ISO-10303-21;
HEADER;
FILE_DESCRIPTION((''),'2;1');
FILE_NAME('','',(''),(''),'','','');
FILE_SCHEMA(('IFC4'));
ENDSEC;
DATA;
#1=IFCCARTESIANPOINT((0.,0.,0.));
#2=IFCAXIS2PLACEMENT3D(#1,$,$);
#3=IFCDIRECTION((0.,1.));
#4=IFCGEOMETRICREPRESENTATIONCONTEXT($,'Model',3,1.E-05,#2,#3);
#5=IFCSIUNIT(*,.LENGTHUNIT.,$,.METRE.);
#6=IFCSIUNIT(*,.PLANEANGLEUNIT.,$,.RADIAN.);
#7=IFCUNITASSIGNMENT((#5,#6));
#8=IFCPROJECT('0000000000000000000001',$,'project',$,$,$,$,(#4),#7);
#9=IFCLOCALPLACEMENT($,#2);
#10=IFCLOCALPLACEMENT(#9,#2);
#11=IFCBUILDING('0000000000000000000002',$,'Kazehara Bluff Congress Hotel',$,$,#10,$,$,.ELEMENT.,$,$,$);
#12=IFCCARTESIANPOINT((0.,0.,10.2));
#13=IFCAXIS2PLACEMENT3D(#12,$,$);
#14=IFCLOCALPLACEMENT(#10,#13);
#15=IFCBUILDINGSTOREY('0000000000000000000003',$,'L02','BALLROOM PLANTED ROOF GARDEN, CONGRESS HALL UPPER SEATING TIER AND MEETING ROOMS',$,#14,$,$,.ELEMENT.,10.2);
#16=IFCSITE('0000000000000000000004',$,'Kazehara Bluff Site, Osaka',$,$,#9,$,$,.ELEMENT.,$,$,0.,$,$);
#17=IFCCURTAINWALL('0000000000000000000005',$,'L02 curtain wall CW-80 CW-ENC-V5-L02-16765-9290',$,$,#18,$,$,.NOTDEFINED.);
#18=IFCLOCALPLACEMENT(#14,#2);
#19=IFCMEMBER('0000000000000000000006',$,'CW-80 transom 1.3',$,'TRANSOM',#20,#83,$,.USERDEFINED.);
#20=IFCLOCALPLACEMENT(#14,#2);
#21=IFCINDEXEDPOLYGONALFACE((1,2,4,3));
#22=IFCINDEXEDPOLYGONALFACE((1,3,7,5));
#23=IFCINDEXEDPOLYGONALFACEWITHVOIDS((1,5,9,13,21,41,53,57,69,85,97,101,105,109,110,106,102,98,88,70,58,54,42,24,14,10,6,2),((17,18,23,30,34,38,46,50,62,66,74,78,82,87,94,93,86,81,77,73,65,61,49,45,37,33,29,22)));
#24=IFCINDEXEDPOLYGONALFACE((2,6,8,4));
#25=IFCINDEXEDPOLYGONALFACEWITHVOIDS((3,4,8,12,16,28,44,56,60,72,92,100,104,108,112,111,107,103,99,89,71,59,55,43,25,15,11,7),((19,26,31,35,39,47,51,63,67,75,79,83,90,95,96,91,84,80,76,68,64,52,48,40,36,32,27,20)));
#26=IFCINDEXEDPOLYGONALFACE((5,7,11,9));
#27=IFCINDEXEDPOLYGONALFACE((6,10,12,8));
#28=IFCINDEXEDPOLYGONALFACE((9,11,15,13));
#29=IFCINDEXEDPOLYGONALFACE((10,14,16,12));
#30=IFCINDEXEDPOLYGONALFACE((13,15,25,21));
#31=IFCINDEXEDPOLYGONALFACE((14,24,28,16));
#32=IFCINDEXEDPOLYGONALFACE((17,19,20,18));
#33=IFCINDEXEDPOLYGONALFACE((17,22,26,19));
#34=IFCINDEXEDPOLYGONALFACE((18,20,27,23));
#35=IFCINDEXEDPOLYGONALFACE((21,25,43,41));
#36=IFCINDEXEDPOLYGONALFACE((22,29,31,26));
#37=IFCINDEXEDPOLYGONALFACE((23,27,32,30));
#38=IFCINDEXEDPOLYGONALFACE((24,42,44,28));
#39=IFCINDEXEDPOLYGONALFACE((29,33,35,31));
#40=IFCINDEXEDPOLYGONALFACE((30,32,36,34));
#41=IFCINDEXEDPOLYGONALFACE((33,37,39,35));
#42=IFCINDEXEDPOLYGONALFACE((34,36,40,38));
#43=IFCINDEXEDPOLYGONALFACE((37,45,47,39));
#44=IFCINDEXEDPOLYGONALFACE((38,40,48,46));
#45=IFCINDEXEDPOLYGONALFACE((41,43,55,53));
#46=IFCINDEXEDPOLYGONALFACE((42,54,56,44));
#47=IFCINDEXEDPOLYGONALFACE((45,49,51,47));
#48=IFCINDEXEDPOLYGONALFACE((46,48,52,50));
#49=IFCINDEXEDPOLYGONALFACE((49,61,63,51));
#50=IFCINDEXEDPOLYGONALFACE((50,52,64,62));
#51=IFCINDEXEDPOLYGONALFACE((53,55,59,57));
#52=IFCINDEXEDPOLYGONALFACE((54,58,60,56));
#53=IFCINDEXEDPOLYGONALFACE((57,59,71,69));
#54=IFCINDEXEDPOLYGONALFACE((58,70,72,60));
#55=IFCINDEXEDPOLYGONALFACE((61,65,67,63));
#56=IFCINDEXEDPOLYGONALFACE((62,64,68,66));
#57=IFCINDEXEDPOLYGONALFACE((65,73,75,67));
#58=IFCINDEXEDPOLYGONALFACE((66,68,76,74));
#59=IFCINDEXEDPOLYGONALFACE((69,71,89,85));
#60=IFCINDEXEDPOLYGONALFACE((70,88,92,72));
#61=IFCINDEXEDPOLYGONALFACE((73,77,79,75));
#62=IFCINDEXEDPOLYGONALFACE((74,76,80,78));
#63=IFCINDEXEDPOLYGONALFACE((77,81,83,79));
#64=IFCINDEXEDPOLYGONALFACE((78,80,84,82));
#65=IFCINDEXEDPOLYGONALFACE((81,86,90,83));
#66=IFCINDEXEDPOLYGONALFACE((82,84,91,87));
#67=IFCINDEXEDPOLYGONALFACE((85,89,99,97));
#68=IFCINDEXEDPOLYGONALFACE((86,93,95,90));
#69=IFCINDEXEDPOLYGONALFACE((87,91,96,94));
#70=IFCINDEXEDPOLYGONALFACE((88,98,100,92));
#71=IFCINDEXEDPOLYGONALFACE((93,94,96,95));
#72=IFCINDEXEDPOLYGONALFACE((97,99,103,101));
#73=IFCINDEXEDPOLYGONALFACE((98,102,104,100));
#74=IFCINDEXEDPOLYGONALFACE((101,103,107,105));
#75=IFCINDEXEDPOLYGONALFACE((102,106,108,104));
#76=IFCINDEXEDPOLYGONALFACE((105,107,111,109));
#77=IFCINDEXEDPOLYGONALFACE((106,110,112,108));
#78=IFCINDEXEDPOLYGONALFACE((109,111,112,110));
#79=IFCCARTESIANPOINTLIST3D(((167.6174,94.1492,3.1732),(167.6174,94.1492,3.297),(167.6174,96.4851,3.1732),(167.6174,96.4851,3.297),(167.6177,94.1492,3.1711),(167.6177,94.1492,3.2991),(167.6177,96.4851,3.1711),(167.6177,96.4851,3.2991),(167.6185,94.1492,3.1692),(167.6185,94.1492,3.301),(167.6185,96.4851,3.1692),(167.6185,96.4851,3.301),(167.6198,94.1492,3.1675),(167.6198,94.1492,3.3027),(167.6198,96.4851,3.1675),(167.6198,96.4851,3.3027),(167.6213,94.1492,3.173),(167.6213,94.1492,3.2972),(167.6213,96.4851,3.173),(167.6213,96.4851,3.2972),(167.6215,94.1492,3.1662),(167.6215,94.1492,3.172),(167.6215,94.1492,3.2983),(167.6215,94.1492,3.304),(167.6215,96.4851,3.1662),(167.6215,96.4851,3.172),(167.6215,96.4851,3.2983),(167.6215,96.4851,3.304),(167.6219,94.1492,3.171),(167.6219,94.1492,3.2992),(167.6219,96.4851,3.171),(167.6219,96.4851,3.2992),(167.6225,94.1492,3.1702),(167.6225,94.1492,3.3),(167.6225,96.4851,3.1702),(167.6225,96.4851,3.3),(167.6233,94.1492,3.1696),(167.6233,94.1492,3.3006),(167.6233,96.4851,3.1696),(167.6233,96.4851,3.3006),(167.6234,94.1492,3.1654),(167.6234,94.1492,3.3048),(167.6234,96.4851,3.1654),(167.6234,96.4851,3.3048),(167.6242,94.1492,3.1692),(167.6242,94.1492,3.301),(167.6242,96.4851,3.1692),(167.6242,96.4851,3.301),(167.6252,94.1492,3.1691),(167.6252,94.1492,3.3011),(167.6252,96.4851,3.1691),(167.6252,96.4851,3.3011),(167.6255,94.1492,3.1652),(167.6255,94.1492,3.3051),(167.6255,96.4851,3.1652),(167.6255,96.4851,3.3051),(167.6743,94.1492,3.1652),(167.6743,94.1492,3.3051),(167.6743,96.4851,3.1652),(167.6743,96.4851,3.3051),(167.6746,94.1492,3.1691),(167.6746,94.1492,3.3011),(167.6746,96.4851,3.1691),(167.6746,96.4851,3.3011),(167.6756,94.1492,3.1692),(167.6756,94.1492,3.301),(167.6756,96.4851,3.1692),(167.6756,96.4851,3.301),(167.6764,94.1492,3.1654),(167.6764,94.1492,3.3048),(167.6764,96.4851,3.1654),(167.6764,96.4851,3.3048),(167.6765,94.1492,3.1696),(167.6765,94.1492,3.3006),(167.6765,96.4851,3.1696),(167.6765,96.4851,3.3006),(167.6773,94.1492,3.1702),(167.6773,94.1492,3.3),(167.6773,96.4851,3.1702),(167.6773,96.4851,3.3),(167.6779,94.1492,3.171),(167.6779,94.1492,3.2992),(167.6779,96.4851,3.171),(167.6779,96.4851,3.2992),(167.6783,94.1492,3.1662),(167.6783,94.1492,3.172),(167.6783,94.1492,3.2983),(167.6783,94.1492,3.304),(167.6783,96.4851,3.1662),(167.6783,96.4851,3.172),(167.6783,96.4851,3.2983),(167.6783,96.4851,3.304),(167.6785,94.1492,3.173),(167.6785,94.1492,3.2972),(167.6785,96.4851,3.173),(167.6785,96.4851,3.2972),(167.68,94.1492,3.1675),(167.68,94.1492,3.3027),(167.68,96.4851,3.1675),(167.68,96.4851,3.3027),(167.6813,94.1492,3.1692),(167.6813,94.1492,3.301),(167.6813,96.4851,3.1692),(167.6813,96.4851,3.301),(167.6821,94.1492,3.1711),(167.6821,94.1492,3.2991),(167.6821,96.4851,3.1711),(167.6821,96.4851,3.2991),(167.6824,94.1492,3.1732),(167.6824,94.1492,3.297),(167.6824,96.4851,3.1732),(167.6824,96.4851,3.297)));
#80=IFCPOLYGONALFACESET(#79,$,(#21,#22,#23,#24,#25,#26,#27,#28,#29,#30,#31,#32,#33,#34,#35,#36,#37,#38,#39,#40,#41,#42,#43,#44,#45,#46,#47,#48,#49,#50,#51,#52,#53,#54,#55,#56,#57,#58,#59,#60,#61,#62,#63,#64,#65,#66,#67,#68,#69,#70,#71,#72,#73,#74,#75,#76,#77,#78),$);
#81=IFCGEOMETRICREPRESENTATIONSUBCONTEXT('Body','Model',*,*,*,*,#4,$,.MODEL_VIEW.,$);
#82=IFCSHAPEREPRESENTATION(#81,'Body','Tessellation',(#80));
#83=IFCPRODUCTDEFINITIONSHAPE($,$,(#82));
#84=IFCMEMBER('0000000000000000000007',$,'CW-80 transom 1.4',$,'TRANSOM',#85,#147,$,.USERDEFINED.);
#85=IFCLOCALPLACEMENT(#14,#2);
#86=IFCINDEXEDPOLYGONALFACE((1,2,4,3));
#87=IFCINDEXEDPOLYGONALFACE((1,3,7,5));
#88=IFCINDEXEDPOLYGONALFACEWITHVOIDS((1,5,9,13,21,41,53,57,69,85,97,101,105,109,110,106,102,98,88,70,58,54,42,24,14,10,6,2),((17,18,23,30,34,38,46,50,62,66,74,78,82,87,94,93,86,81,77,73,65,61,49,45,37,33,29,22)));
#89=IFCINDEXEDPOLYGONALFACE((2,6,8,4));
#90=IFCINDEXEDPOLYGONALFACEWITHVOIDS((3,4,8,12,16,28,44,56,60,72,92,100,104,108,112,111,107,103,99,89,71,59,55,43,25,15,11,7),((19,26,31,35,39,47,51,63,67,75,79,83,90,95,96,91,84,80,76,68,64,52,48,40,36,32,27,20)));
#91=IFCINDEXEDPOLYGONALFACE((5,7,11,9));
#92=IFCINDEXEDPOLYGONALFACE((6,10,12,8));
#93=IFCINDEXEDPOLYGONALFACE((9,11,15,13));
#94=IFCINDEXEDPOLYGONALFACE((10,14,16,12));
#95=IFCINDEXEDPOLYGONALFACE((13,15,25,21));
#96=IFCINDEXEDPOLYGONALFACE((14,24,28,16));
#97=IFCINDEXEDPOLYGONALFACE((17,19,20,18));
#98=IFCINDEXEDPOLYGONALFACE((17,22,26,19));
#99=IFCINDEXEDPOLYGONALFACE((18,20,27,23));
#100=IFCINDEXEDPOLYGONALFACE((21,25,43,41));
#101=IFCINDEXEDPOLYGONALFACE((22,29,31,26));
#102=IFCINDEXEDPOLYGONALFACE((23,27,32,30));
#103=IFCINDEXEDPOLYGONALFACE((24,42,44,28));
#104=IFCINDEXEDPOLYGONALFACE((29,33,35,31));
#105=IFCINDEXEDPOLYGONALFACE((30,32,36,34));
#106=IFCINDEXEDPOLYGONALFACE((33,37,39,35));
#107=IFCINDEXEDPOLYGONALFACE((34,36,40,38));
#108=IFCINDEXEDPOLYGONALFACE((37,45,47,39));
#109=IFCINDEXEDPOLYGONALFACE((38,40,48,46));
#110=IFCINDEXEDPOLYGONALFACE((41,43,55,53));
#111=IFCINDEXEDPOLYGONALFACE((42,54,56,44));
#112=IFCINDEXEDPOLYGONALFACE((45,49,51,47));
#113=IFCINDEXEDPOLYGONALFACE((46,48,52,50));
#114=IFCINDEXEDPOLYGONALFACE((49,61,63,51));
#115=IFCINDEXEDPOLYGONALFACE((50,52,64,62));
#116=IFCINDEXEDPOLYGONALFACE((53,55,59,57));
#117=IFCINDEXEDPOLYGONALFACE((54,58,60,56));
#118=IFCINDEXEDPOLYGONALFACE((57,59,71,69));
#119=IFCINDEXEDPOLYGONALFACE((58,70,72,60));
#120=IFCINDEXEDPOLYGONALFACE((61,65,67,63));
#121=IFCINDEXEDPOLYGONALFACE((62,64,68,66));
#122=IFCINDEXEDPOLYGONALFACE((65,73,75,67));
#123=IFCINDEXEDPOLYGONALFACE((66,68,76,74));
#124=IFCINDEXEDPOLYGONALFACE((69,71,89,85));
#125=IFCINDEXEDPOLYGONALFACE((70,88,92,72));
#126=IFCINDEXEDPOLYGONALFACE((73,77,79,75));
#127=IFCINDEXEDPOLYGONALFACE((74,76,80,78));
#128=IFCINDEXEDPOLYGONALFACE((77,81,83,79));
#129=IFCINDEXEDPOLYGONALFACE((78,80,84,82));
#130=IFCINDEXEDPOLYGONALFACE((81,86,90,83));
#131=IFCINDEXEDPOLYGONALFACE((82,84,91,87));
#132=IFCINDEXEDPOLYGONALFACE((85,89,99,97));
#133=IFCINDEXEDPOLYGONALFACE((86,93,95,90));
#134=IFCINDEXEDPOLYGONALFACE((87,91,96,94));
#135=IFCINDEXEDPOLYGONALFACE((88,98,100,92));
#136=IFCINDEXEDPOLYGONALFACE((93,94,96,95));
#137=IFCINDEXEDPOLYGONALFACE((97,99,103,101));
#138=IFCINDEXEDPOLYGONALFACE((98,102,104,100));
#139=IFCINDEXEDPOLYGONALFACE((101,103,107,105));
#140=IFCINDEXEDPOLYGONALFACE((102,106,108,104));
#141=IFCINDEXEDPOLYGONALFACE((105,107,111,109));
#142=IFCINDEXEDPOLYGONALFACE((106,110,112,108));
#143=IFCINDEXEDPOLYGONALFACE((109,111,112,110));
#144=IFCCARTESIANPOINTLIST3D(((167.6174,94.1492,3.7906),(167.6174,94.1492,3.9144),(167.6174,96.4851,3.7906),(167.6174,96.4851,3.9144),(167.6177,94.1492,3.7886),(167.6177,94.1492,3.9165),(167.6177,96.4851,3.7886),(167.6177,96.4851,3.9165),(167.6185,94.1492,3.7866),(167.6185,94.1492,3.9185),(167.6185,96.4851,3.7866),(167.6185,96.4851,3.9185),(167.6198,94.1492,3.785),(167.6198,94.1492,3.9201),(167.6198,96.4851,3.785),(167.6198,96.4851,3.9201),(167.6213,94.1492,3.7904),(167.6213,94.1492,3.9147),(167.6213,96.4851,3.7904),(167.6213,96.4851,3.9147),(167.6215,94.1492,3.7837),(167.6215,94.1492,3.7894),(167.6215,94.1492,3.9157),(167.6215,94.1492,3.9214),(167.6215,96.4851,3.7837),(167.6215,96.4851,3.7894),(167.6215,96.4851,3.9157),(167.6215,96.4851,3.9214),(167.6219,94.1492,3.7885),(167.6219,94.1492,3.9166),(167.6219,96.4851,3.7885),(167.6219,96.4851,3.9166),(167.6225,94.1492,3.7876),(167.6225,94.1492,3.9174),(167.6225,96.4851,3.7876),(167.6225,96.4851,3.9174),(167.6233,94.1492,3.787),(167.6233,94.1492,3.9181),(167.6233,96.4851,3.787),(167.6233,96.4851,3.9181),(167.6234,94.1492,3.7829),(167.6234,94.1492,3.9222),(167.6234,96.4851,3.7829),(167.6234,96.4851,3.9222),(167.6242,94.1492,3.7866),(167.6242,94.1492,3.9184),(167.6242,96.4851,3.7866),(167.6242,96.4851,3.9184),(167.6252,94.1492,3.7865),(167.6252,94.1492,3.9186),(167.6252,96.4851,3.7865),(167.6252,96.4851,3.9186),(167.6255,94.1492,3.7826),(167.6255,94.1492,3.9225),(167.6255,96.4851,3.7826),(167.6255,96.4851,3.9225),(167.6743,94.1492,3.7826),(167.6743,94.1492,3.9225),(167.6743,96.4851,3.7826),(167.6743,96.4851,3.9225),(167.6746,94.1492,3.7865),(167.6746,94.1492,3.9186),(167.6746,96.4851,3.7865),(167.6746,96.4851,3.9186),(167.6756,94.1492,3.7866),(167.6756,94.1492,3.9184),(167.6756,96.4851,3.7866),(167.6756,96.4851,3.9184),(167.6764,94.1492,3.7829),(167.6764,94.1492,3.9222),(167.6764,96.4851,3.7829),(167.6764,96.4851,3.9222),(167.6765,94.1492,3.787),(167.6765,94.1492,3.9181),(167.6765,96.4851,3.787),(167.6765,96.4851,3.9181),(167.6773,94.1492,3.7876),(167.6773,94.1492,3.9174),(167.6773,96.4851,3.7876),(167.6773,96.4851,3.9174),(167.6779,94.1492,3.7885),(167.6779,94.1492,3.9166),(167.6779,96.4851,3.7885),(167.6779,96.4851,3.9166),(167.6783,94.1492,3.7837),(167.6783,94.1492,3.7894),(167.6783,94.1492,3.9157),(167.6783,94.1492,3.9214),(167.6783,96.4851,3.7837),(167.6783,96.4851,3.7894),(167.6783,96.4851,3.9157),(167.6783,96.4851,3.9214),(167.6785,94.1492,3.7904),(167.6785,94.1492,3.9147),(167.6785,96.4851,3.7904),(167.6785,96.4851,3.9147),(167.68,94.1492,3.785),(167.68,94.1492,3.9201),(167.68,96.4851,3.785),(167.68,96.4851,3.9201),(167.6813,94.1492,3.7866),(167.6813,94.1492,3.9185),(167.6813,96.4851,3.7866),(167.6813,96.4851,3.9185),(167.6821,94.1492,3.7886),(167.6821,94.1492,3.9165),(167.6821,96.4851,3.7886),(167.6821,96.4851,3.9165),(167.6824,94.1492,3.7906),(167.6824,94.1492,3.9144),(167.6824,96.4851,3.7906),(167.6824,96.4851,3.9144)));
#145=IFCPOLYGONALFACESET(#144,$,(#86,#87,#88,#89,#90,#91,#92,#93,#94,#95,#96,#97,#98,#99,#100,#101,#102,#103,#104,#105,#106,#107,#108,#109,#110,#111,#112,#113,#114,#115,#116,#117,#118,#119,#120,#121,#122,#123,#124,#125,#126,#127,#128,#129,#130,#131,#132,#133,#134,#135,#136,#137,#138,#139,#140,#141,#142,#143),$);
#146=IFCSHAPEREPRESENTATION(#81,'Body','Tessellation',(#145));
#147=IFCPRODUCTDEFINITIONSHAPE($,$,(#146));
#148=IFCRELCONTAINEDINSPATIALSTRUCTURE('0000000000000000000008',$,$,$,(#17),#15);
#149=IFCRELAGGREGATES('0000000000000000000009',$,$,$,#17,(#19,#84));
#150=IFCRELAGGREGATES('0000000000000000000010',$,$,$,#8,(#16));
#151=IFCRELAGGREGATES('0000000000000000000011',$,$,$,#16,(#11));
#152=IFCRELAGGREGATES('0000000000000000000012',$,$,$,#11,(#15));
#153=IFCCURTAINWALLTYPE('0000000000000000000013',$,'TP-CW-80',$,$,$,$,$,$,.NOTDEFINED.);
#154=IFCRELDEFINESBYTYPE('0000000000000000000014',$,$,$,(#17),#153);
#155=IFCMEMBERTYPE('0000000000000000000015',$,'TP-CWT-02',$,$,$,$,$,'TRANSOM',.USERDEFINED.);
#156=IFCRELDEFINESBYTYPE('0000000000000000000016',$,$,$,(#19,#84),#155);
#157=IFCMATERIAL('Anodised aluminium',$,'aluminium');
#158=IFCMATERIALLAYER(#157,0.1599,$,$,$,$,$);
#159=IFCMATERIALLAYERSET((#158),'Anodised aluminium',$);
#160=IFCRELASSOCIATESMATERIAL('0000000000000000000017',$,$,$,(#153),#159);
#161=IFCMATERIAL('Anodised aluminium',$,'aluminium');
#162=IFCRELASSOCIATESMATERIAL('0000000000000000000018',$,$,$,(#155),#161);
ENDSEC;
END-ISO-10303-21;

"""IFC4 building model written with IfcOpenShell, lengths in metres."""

from ifc_helpers import new_model, si_unit, direction, frame, origin, origin_2d, place, context, subcontext, project, spatial, hollow_rectangle, extrude, material, layer, layer_set, material_profile, profile_set, type_object, element, aggregate, save


model = new_model("IFC4")

# Units and contexts
model_context = context("Model", 3, precision=1e-05, world=origin(), true_north=direction((0.0, 1.0)))
body_context = subcontext(model_context, "Body", "Model", "MODEL_VIEW")
ifc_project = project(units=[si_unit("LENGTHUNIT", "METRE"), si_unit("PLANEANGLEUNIT", "RADIAN")], contexts=[model_context])

# Site, building, storey
site_placement = place(None, origin())
site = spatial("IfcSite", under=ifc_project, at=site_placement, Name="Kazehara Bluff Site, Osaka", CompositionType="ELEMENT", RefElevation=0.0)
building_placement = place(site_placement, origin())
building = spatial("IfcBuilding", under=site, at=building_placement, Name="Kazehara Bluff Congress Hotel", CompositionType="ELEMENT")
storey_placement = place(building_placement, frame((0.0, 0.0, 10.2)))
storey = spatial("IfcBuildingStorey", under=building, at=storey_placement, Name="L02", Description="BALLROOM PLANTED ROOF GARDEN, CONGRESS HALL UPPER SEATING TIER AND MEETING ROOMS", CompositionType="ELEMENT", Elevation=10.2)

# Curtain wall
ifc_material_1 = material(Name="Anodised aluminium", Category="aluminium")
ifc_layer_1 = layer(ifc_material_1, 0.1599)
ifc_layer_set_1 = layer_set([ifc_layer_1], Name="Anodised aluminium")
curtain_wall_type_1 = type_object("IfcCurtainWallType", Name="TP-CW-80", PredefinedType="NOTDEFINED", material=ifc_layer_set_1)
curtain_wall_1_placement = place(storey_placement, origin())
curtain_wall_1 = element("IfcCurtainWall", 1, at=curtain_wall_1_placement, inside=storey, type_object=curtain_wall_type_1, Name="L02 curtain wall CW-80 CW-ENC-V5-L02-16765-9290", PredefinedType="NOTDEFINED")

# Members
ifc_material_2 = material(Name="Anodised aluminium", Category="aluminium")
ifc_material_profile_1 = material_profile(ifc_material_2, hollow_rectangle(XDim=0.0649, YDim=0.1399, WallThickness=0.0039, InnerFilletRadius=0.0039, OuterFilletRadius=0.0081, at=origin_2d()))
ifc_profile_set_1 = profile_set([ifc_material_profile_1], Name="Anodised aluminium")
member_type_1 = type_object("IfcMemberType", Name="TP-CWT-02", ElementType="TRANSOM", PredefinedType="USERDEFINED", material=ifc_profile_set_1)
member_1_placement = place(storey_placement, frame((167.6499, 96.4851, 3.2351), z_axis=(0.0, -1.0, 0.0), x_axis=(1.0, 0.0, 0.0)))
member_1 = element("IfcMember", 2, at=member_1_placement, type_object=member_type_1, Name="CW-80 transom 1.3", ObjectType="TRANSOM", PredefinedType="USERDEFINED", context=body_context, shape_type="SweptSolid", body=[
    extrude(hollow_rectangle(XDim=0.0649, YDim=0.1399, WallThickness=0.0039, InnerFilletRadius=0.0039, OuterFilletRadius=0.0081, at=origin_2d()), origin(), (0.0, 0.0, 1.0), 2.3359),
])
member_2_placement = place(storey_placement, frame((167.6499, 96.4851, 3.8525), z_axis=(0.0, -1.0, 0.0), x_axis=(1.0, 0.0, 0.0)))
member_2 = element("IfcMember", 3, at=member_2_placement, type_object=member_type_1, Name="CW-80 transom 1.4", ObjectType="TRANSOM", PredefinedType="USERDEFINED", context=body_context, shape_type="SweptSolid", body=[
    extrude(hollow_rectangle(XDim=0.0649, YDim=0.1399, WallThickness=0.0039, InnerFilletRadius=0.0039, OuterFilletRadius=0.0081, at=origin_2d()), origin(), (0.0, 0.0, 1.0), 2.3359),
])

aggregate(curtain_wall_1, [member_1, member_2])

save(model, "model.ifc")
